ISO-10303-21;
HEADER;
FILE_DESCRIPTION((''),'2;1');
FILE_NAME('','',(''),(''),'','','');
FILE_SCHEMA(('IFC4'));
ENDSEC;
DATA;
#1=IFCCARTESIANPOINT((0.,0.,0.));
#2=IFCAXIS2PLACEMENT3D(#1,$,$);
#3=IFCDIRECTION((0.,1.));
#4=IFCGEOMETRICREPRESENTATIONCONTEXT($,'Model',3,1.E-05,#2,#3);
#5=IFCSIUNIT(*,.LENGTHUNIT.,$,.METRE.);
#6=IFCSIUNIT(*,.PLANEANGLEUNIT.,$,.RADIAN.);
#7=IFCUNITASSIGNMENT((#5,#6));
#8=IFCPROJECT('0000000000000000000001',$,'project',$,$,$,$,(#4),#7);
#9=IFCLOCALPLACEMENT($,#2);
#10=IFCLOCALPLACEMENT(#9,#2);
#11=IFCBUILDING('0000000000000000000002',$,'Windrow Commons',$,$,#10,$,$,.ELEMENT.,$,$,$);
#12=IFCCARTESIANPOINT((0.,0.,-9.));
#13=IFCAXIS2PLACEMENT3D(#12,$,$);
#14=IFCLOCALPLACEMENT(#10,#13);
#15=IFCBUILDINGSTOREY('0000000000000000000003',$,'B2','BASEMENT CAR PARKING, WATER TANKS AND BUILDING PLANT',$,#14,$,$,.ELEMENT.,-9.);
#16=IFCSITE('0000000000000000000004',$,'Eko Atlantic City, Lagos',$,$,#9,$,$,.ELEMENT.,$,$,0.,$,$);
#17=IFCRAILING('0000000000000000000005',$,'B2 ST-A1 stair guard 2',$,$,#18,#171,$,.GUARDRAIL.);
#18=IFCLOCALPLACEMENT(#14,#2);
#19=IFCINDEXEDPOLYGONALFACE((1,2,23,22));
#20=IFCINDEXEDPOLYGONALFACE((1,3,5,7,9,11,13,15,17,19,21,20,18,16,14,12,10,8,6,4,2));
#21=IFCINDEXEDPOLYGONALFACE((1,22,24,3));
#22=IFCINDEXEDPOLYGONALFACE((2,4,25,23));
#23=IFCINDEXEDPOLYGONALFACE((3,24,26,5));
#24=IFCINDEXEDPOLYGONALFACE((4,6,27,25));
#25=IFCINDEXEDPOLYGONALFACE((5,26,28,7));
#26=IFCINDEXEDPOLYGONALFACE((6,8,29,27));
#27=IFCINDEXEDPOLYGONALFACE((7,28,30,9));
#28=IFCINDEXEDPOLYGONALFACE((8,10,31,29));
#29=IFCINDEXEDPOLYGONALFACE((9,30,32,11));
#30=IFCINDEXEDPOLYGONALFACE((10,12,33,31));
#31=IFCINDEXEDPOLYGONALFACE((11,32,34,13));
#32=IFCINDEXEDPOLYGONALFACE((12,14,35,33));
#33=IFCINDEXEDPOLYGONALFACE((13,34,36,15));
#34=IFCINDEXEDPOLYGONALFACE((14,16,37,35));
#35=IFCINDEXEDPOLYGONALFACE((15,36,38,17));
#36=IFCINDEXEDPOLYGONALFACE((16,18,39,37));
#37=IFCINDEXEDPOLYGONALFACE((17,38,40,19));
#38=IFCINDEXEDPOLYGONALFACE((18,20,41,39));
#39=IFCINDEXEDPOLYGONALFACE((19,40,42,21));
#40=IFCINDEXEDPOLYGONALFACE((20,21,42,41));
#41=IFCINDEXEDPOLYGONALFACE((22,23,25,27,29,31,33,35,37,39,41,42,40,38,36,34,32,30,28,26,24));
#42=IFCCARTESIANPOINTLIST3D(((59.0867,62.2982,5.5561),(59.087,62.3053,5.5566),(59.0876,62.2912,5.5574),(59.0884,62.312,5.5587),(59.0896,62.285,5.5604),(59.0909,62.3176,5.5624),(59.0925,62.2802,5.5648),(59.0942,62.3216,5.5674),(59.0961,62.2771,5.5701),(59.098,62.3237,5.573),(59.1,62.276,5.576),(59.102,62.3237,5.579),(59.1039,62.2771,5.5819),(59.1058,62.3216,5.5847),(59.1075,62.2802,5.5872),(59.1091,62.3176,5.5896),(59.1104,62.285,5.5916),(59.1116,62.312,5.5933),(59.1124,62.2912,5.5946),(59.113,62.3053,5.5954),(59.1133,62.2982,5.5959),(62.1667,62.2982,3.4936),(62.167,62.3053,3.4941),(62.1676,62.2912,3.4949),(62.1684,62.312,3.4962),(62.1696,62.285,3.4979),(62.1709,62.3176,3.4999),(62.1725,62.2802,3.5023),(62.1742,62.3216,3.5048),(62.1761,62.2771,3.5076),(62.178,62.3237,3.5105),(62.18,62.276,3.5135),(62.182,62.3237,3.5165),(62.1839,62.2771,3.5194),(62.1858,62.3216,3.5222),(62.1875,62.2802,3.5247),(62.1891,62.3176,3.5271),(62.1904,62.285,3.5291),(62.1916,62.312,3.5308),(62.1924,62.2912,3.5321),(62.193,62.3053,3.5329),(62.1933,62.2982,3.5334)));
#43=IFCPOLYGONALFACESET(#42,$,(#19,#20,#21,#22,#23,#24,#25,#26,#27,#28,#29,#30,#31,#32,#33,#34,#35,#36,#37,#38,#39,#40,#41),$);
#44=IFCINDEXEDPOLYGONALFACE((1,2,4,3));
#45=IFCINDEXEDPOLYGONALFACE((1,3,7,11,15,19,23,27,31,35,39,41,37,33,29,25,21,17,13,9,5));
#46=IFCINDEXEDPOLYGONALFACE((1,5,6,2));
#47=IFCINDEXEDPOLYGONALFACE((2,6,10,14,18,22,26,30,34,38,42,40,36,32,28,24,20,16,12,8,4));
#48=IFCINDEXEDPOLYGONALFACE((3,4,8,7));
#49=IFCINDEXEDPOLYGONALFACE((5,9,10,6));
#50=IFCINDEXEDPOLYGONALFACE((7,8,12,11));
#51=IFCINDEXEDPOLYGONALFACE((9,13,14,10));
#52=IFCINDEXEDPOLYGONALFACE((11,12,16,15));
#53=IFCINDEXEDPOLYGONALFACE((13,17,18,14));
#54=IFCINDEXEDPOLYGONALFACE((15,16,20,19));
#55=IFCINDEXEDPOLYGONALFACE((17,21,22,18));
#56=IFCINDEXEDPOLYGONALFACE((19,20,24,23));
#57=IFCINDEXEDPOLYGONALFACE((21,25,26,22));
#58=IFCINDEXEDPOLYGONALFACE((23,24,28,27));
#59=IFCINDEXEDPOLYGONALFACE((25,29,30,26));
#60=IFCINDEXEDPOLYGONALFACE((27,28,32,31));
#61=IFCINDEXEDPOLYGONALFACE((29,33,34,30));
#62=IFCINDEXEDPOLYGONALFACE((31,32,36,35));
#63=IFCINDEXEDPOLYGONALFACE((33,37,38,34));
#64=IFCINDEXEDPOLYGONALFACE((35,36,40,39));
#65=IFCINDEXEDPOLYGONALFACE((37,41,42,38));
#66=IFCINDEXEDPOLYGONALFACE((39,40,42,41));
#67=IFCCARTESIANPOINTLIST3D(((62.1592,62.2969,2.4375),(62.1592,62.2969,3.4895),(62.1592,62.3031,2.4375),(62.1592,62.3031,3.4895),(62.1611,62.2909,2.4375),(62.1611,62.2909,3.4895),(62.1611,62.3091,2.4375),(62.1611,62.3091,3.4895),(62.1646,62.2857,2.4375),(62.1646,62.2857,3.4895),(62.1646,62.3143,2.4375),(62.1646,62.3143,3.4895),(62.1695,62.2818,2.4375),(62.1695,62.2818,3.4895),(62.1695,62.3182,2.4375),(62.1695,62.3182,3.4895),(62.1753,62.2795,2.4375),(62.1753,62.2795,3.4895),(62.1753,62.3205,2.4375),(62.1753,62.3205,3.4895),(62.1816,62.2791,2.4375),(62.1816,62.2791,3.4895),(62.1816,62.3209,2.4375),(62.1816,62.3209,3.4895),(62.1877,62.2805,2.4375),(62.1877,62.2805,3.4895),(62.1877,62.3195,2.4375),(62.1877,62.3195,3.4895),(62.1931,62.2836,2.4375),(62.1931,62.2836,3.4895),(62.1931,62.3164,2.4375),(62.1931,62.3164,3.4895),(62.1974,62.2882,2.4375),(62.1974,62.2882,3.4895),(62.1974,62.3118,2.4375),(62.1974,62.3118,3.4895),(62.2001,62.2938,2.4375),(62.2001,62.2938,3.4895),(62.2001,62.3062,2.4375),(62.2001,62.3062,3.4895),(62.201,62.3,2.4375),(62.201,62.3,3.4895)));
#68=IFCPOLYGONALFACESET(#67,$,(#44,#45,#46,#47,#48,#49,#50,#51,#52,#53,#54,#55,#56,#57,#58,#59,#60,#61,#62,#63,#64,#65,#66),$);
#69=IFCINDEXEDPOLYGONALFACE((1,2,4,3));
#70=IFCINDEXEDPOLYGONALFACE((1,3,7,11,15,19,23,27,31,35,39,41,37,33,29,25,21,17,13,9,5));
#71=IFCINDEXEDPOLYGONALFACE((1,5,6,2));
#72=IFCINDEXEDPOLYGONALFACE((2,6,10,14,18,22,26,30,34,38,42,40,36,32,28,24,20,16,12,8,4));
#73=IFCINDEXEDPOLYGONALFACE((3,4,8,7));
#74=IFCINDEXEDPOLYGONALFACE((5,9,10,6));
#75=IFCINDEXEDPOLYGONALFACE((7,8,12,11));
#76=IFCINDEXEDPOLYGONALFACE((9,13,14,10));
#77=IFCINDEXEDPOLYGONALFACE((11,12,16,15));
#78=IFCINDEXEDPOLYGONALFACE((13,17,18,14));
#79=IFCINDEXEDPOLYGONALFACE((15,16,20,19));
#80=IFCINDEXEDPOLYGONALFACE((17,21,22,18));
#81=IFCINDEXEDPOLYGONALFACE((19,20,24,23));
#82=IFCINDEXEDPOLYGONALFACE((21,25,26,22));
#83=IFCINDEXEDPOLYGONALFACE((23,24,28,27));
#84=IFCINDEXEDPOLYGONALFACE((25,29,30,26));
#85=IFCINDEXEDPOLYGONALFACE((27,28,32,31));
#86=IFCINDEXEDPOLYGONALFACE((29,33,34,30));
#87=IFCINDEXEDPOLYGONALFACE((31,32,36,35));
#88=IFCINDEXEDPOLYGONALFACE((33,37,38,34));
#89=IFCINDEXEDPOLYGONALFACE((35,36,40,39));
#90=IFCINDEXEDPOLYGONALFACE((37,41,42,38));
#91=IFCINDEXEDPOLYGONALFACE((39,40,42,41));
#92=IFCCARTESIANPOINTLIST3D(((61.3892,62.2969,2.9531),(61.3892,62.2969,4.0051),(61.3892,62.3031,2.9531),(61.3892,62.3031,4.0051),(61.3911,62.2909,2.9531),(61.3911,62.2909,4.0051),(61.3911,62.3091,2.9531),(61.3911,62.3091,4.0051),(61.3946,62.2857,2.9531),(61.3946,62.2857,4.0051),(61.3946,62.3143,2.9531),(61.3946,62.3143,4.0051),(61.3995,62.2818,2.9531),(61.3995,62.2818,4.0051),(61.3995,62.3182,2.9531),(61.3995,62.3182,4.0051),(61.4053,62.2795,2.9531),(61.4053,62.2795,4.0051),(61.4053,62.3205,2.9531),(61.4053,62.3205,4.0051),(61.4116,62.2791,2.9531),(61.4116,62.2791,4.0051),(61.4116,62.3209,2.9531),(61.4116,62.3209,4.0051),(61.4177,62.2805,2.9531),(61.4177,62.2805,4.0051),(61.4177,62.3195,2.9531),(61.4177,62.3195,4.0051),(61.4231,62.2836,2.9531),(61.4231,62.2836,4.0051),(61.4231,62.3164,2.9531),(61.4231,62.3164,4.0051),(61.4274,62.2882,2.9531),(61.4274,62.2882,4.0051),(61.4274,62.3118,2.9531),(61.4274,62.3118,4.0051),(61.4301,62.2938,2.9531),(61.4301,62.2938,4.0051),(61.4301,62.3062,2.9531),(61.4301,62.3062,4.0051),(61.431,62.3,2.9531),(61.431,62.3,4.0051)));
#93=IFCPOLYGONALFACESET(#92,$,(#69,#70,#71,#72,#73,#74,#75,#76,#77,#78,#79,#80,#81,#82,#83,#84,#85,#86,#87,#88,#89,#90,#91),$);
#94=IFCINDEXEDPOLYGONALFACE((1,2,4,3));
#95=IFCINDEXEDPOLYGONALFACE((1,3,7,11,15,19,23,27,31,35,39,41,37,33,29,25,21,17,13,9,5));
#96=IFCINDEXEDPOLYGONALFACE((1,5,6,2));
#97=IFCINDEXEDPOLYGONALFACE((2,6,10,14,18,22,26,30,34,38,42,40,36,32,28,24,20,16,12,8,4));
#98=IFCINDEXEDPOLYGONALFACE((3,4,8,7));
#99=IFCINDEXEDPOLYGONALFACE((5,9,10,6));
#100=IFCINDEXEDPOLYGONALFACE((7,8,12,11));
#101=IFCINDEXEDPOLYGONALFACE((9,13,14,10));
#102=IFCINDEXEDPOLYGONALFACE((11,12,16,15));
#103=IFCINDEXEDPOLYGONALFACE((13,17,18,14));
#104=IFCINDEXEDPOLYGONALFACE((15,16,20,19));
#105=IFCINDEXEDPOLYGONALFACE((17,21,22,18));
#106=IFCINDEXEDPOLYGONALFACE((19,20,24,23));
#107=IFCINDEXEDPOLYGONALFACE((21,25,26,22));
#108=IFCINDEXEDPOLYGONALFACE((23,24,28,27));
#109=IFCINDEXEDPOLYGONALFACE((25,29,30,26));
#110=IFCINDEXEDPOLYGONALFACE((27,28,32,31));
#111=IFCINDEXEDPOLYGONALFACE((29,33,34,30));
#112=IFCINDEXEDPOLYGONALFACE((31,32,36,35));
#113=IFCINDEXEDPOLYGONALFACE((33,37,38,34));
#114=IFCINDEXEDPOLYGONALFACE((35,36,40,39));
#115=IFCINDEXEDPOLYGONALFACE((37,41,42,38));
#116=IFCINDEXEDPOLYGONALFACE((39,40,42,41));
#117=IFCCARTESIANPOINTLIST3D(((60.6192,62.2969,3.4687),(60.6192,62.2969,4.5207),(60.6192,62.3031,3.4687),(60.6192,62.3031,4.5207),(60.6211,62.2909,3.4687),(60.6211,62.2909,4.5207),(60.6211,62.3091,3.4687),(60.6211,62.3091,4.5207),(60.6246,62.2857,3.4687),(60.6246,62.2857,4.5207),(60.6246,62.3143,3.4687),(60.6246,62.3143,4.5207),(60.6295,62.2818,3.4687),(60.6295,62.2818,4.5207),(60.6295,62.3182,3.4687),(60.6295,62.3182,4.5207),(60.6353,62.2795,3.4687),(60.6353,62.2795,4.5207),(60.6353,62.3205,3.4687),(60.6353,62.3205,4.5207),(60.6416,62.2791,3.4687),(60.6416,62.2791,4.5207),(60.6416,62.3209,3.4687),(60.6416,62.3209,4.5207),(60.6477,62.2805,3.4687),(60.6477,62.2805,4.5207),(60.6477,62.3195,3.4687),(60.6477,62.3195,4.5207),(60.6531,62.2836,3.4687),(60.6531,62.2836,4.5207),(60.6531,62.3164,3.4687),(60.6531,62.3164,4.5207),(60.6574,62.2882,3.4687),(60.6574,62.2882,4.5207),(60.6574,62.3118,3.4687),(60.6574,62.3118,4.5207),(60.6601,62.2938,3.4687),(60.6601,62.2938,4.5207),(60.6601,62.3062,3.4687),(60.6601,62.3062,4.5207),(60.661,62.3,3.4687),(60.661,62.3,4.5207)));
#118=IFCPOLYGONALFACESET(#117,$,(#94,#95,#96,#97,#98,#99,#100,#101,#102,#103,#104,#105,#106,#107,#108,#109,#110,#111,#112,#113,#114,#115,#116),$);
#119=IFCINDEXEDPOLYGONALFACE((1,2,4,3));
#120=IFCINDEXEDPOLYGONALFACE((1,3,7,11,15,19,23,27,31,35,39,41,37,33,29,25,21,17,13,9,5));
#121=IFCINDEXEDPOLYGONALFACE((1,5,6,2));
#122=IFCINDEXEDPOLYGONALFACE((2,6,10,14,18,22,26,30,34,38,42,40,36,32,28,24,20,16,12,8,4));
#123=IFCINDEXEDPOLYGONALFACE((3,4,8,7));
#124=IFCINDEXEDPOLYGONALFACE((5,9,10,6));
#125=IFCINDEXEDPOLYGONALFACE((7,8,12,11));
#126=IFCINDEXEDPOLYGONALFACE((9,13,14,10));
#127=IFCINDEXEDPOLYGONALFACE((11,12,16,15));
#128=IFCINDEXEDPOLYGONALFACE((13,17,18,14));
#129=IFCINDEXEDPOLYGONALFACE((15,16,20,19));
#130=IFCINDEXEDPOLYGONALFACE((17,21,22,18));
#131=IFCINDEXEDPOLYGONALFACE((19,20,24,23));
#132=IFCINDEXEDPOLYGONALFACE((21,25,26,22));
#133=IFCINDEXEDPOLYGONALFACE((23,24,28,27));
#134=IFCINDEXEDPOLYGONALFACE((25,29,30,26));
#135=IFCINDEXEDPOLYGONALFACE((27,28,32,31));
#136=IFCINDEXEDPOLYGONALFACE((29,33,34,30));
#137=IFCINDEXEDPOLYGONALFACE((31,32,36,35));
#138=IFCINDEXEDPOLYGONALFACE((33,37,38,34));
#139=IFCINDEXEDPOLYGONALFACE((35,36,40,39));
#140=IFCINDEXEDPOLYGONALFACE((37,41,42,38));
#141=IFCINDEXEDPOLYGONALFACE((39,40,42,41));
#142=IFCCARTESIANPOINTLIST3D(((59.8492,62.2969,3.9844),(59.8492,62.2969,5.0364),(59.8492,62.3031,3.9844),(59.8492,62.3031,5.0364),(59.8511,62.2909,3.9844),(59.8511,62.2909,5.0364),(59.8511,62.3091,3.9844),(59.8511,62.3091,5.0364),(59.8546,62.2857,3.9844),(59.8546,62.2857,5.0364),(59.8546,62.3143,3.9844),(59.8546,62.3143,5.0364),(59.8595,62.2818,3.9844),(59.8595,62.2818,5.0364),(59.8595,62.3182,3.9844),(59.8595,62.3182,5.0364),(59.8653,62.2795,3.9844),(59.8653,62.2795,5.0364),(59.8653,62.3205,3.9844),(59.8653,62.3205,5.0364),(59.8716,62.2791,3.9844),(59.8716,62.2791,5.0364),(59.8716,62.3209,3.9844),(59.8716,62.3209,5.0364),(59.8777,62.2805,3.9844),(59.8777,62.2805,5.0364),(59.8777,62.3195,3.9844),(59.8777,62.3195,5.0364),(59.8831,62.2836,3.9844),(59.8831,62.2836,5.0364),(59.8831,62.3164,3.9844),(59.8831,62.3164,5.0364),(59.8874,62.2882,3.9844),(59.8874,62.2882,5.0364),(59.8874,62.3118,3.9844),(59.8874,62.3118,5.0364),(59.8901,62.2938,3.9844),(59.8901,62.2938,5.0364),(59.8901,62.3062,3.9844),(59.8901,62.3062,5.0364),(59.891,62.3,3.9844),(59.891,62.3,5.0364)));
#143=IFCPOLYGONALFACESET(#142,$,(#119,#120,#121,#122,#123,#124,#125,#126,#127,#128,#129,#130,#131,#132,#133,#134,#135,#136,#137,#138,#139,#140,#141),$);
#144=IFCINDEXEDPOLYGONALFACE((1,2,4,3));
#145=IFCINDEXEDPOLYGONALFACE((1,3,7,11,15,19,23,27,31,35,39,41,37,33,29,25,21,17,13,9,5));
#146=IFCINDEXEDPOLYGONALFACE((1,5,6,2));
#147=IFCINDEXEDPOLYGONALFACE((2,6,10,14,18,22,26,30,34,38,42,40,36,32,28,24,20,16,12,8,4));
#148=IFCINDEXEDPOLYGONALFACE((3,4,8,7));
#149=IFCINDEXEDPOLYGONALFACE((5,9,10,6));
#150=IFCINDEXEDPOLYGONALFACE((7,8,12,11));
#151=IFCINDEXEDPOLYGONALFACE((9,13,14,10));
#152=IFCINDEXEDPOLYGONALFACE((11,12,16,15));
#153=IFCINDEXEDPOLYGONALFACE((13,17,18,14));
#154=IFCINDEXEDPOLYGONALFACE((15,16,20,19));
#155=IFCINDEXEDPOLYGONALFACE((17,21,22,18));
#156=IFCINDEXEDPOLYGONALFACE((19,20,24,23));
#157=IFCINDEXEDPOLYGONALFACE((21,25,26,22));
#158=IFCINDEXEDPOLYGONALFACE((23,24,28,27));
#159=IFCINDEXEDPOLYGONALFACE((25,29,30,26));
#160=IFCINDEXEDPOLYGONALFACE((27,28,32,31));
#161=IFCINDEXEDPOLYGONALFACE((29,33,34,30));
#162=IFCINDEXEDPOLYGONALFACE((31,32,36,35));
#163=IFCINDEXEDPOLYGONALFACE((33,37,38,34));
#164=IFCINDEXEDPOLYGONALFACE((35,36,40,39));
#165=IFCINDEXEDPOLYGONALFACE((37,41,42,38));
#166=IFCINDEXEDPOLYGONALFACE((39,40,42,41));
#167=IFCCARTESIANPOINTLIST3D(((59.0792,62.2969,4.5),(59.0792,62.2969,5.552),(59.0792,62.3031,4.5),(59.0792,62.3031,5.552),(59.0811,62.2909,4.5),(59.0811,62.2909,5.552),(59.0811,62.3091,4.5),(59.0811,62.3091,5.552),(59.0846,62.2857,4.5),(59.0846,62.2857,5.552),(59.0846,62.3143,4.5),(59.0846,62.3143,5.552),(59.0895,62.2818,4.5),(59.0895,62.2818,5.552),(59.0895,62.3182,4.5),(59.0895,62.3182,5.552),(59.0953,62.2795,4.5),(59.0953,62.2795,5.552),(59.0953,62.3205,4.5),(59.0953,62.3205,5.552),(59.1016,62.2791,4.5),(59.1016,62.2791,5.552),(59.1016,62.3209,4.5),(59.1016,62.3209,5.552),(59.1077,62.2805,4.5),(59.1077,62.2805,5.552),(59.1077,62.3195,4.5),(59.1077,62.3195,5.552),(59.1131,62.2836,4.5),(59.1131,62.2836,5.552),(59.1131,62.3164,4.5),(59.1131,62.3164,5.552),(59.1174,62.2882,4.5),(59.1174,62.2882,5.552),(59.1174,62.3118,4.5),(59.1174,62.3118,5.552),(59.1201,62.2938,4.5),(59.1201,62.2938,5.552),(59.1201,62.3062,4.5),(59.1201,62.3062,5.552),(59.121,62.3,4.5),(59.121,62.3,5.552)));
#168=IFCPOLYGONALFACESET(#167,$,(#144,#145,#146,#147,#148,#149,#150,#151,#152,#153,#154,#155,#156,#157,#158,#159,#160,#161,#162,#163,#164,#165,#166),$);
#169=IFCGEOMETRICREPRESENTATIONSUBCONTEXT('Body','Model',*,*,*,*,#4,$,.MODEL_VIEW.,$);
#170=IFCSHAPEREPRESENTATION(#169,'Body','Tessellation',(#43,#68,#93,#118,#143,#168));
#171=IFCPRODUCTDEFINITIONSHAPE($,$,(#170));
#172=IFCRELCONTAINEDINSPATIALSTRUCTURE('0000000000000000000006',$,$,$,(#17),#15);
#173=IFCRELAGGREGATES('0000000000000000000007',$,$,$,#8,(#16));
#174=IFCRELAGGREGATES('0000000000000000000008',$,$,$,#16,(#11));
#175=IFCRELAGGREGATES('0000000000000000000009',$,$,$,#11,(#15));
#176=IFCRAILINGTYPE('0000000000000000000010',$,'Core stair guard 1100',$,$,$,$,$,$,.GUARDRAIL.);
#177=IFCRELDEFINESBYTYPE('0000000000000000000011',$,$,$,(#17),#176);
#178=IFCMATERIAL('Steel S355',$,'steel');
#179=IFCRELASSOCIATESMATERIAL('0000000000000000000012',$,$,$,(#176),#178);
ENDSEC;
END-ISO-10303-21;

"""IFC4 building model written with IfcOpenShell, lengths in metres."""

from ifc_helpers import new_model, si_unit, direction, frame, origin, origin_2d, place, context, subcontext, project, spatial, circle, extrude, material, type_object, element, save


model = new_model("IFC4")

# Units and contexts
model_context = context("Model", 3, precision=1e-05, world=origin(), true_north=direction((0.0, 1.0)))
body_context = subcontext(model_context, "Body", "Model", "MODEL_VIEW")
ifc_project = project(units=[si_unit("LENGTHUNIT", "METRE"), si_unit("PLANEANGLEUNIT", "RADIAN")], contexts=[model_context])

# Site, building, storey
site_placement = place(None, origin())
site = spatial("IfcSite", under=ifc_project, at=site_placement, Name="Eko Atlantic City, Lagos", CompositionType="ELEMENT", RefElevation=0.0)
building_placement = place(site_placement, origin())
building = spatial("IfcBuilding", under=site, at=building_placement, Name="Windrow Commons", CompositionType="ELEMENT")
storey_placement = place(building_placement, frame((0.0, 0.0, -9.0)))
storey = spatial("IfcBuildingStorey", under=building, at=storey_placement, Name="B2", Description="BASEMENT CAR PARKING, WATER TANKS AND BUILDING PLANT", CompositionType="ELEMENT", Elevation=-9.0)

# Railing
ifc_material_1 = material(Name="Steel S355", Category="steel")
railing_type_1 = type_object("IfcRailingType", Name="Core stair guard 1100", PredefinedType="GUARDRAIL", material=ifc_material_1)
railing_1_placement = place(storey_placement, frame((62.18, 62.3, 2.4375)))
element("IfcRailing", 1, at=railing_1_placement, inside=storey, type_object=railing_type_1, Name="B2 ST-A1 stair guard 2", PredefinedType="GUARDRAIL", context=body_context, shape_type="SweptSolid", body=[
    extrude(circle(Radius=0.024, at=origin_2d()), frame((0.0, 0.0, 1.076), z_axis=(-0.830907, 0.0, 0.556411), x_axis=(0.0, -1.0, 0.0)), (0.0, 0.0, 1.0), 3.7068),
    extrude(circle(Radius=0.021, at=origin_2d()), origin(), (0.0, 0.0, 1.0), 1.052),
    extrude(circle(Radius=0.021, at=origin_2d()), frame((-0.77, 0.0, 0.5156)), (0.0, 0.0, 1.0), 1.052),
    extrude(circle(Radius=0.021, at=origin_2d()), frame((-1.54, 0.0, 1.0312)), (0.0, 0.0, 1.0), 1.052),
    extrude(circle(Radius=0.021, at=origin_2d()), frame((-2.31, 0.0, 1.5469)), (0.0, 0.0, 1.0), 1.052),
    extrude(circle(Radius=0.021, at=origin_2d()), frame((-3.08, 0.0, 2.0625)), (0.0, 0.0, 1.0), 1.052),
])

save(model, "model.ifc")
